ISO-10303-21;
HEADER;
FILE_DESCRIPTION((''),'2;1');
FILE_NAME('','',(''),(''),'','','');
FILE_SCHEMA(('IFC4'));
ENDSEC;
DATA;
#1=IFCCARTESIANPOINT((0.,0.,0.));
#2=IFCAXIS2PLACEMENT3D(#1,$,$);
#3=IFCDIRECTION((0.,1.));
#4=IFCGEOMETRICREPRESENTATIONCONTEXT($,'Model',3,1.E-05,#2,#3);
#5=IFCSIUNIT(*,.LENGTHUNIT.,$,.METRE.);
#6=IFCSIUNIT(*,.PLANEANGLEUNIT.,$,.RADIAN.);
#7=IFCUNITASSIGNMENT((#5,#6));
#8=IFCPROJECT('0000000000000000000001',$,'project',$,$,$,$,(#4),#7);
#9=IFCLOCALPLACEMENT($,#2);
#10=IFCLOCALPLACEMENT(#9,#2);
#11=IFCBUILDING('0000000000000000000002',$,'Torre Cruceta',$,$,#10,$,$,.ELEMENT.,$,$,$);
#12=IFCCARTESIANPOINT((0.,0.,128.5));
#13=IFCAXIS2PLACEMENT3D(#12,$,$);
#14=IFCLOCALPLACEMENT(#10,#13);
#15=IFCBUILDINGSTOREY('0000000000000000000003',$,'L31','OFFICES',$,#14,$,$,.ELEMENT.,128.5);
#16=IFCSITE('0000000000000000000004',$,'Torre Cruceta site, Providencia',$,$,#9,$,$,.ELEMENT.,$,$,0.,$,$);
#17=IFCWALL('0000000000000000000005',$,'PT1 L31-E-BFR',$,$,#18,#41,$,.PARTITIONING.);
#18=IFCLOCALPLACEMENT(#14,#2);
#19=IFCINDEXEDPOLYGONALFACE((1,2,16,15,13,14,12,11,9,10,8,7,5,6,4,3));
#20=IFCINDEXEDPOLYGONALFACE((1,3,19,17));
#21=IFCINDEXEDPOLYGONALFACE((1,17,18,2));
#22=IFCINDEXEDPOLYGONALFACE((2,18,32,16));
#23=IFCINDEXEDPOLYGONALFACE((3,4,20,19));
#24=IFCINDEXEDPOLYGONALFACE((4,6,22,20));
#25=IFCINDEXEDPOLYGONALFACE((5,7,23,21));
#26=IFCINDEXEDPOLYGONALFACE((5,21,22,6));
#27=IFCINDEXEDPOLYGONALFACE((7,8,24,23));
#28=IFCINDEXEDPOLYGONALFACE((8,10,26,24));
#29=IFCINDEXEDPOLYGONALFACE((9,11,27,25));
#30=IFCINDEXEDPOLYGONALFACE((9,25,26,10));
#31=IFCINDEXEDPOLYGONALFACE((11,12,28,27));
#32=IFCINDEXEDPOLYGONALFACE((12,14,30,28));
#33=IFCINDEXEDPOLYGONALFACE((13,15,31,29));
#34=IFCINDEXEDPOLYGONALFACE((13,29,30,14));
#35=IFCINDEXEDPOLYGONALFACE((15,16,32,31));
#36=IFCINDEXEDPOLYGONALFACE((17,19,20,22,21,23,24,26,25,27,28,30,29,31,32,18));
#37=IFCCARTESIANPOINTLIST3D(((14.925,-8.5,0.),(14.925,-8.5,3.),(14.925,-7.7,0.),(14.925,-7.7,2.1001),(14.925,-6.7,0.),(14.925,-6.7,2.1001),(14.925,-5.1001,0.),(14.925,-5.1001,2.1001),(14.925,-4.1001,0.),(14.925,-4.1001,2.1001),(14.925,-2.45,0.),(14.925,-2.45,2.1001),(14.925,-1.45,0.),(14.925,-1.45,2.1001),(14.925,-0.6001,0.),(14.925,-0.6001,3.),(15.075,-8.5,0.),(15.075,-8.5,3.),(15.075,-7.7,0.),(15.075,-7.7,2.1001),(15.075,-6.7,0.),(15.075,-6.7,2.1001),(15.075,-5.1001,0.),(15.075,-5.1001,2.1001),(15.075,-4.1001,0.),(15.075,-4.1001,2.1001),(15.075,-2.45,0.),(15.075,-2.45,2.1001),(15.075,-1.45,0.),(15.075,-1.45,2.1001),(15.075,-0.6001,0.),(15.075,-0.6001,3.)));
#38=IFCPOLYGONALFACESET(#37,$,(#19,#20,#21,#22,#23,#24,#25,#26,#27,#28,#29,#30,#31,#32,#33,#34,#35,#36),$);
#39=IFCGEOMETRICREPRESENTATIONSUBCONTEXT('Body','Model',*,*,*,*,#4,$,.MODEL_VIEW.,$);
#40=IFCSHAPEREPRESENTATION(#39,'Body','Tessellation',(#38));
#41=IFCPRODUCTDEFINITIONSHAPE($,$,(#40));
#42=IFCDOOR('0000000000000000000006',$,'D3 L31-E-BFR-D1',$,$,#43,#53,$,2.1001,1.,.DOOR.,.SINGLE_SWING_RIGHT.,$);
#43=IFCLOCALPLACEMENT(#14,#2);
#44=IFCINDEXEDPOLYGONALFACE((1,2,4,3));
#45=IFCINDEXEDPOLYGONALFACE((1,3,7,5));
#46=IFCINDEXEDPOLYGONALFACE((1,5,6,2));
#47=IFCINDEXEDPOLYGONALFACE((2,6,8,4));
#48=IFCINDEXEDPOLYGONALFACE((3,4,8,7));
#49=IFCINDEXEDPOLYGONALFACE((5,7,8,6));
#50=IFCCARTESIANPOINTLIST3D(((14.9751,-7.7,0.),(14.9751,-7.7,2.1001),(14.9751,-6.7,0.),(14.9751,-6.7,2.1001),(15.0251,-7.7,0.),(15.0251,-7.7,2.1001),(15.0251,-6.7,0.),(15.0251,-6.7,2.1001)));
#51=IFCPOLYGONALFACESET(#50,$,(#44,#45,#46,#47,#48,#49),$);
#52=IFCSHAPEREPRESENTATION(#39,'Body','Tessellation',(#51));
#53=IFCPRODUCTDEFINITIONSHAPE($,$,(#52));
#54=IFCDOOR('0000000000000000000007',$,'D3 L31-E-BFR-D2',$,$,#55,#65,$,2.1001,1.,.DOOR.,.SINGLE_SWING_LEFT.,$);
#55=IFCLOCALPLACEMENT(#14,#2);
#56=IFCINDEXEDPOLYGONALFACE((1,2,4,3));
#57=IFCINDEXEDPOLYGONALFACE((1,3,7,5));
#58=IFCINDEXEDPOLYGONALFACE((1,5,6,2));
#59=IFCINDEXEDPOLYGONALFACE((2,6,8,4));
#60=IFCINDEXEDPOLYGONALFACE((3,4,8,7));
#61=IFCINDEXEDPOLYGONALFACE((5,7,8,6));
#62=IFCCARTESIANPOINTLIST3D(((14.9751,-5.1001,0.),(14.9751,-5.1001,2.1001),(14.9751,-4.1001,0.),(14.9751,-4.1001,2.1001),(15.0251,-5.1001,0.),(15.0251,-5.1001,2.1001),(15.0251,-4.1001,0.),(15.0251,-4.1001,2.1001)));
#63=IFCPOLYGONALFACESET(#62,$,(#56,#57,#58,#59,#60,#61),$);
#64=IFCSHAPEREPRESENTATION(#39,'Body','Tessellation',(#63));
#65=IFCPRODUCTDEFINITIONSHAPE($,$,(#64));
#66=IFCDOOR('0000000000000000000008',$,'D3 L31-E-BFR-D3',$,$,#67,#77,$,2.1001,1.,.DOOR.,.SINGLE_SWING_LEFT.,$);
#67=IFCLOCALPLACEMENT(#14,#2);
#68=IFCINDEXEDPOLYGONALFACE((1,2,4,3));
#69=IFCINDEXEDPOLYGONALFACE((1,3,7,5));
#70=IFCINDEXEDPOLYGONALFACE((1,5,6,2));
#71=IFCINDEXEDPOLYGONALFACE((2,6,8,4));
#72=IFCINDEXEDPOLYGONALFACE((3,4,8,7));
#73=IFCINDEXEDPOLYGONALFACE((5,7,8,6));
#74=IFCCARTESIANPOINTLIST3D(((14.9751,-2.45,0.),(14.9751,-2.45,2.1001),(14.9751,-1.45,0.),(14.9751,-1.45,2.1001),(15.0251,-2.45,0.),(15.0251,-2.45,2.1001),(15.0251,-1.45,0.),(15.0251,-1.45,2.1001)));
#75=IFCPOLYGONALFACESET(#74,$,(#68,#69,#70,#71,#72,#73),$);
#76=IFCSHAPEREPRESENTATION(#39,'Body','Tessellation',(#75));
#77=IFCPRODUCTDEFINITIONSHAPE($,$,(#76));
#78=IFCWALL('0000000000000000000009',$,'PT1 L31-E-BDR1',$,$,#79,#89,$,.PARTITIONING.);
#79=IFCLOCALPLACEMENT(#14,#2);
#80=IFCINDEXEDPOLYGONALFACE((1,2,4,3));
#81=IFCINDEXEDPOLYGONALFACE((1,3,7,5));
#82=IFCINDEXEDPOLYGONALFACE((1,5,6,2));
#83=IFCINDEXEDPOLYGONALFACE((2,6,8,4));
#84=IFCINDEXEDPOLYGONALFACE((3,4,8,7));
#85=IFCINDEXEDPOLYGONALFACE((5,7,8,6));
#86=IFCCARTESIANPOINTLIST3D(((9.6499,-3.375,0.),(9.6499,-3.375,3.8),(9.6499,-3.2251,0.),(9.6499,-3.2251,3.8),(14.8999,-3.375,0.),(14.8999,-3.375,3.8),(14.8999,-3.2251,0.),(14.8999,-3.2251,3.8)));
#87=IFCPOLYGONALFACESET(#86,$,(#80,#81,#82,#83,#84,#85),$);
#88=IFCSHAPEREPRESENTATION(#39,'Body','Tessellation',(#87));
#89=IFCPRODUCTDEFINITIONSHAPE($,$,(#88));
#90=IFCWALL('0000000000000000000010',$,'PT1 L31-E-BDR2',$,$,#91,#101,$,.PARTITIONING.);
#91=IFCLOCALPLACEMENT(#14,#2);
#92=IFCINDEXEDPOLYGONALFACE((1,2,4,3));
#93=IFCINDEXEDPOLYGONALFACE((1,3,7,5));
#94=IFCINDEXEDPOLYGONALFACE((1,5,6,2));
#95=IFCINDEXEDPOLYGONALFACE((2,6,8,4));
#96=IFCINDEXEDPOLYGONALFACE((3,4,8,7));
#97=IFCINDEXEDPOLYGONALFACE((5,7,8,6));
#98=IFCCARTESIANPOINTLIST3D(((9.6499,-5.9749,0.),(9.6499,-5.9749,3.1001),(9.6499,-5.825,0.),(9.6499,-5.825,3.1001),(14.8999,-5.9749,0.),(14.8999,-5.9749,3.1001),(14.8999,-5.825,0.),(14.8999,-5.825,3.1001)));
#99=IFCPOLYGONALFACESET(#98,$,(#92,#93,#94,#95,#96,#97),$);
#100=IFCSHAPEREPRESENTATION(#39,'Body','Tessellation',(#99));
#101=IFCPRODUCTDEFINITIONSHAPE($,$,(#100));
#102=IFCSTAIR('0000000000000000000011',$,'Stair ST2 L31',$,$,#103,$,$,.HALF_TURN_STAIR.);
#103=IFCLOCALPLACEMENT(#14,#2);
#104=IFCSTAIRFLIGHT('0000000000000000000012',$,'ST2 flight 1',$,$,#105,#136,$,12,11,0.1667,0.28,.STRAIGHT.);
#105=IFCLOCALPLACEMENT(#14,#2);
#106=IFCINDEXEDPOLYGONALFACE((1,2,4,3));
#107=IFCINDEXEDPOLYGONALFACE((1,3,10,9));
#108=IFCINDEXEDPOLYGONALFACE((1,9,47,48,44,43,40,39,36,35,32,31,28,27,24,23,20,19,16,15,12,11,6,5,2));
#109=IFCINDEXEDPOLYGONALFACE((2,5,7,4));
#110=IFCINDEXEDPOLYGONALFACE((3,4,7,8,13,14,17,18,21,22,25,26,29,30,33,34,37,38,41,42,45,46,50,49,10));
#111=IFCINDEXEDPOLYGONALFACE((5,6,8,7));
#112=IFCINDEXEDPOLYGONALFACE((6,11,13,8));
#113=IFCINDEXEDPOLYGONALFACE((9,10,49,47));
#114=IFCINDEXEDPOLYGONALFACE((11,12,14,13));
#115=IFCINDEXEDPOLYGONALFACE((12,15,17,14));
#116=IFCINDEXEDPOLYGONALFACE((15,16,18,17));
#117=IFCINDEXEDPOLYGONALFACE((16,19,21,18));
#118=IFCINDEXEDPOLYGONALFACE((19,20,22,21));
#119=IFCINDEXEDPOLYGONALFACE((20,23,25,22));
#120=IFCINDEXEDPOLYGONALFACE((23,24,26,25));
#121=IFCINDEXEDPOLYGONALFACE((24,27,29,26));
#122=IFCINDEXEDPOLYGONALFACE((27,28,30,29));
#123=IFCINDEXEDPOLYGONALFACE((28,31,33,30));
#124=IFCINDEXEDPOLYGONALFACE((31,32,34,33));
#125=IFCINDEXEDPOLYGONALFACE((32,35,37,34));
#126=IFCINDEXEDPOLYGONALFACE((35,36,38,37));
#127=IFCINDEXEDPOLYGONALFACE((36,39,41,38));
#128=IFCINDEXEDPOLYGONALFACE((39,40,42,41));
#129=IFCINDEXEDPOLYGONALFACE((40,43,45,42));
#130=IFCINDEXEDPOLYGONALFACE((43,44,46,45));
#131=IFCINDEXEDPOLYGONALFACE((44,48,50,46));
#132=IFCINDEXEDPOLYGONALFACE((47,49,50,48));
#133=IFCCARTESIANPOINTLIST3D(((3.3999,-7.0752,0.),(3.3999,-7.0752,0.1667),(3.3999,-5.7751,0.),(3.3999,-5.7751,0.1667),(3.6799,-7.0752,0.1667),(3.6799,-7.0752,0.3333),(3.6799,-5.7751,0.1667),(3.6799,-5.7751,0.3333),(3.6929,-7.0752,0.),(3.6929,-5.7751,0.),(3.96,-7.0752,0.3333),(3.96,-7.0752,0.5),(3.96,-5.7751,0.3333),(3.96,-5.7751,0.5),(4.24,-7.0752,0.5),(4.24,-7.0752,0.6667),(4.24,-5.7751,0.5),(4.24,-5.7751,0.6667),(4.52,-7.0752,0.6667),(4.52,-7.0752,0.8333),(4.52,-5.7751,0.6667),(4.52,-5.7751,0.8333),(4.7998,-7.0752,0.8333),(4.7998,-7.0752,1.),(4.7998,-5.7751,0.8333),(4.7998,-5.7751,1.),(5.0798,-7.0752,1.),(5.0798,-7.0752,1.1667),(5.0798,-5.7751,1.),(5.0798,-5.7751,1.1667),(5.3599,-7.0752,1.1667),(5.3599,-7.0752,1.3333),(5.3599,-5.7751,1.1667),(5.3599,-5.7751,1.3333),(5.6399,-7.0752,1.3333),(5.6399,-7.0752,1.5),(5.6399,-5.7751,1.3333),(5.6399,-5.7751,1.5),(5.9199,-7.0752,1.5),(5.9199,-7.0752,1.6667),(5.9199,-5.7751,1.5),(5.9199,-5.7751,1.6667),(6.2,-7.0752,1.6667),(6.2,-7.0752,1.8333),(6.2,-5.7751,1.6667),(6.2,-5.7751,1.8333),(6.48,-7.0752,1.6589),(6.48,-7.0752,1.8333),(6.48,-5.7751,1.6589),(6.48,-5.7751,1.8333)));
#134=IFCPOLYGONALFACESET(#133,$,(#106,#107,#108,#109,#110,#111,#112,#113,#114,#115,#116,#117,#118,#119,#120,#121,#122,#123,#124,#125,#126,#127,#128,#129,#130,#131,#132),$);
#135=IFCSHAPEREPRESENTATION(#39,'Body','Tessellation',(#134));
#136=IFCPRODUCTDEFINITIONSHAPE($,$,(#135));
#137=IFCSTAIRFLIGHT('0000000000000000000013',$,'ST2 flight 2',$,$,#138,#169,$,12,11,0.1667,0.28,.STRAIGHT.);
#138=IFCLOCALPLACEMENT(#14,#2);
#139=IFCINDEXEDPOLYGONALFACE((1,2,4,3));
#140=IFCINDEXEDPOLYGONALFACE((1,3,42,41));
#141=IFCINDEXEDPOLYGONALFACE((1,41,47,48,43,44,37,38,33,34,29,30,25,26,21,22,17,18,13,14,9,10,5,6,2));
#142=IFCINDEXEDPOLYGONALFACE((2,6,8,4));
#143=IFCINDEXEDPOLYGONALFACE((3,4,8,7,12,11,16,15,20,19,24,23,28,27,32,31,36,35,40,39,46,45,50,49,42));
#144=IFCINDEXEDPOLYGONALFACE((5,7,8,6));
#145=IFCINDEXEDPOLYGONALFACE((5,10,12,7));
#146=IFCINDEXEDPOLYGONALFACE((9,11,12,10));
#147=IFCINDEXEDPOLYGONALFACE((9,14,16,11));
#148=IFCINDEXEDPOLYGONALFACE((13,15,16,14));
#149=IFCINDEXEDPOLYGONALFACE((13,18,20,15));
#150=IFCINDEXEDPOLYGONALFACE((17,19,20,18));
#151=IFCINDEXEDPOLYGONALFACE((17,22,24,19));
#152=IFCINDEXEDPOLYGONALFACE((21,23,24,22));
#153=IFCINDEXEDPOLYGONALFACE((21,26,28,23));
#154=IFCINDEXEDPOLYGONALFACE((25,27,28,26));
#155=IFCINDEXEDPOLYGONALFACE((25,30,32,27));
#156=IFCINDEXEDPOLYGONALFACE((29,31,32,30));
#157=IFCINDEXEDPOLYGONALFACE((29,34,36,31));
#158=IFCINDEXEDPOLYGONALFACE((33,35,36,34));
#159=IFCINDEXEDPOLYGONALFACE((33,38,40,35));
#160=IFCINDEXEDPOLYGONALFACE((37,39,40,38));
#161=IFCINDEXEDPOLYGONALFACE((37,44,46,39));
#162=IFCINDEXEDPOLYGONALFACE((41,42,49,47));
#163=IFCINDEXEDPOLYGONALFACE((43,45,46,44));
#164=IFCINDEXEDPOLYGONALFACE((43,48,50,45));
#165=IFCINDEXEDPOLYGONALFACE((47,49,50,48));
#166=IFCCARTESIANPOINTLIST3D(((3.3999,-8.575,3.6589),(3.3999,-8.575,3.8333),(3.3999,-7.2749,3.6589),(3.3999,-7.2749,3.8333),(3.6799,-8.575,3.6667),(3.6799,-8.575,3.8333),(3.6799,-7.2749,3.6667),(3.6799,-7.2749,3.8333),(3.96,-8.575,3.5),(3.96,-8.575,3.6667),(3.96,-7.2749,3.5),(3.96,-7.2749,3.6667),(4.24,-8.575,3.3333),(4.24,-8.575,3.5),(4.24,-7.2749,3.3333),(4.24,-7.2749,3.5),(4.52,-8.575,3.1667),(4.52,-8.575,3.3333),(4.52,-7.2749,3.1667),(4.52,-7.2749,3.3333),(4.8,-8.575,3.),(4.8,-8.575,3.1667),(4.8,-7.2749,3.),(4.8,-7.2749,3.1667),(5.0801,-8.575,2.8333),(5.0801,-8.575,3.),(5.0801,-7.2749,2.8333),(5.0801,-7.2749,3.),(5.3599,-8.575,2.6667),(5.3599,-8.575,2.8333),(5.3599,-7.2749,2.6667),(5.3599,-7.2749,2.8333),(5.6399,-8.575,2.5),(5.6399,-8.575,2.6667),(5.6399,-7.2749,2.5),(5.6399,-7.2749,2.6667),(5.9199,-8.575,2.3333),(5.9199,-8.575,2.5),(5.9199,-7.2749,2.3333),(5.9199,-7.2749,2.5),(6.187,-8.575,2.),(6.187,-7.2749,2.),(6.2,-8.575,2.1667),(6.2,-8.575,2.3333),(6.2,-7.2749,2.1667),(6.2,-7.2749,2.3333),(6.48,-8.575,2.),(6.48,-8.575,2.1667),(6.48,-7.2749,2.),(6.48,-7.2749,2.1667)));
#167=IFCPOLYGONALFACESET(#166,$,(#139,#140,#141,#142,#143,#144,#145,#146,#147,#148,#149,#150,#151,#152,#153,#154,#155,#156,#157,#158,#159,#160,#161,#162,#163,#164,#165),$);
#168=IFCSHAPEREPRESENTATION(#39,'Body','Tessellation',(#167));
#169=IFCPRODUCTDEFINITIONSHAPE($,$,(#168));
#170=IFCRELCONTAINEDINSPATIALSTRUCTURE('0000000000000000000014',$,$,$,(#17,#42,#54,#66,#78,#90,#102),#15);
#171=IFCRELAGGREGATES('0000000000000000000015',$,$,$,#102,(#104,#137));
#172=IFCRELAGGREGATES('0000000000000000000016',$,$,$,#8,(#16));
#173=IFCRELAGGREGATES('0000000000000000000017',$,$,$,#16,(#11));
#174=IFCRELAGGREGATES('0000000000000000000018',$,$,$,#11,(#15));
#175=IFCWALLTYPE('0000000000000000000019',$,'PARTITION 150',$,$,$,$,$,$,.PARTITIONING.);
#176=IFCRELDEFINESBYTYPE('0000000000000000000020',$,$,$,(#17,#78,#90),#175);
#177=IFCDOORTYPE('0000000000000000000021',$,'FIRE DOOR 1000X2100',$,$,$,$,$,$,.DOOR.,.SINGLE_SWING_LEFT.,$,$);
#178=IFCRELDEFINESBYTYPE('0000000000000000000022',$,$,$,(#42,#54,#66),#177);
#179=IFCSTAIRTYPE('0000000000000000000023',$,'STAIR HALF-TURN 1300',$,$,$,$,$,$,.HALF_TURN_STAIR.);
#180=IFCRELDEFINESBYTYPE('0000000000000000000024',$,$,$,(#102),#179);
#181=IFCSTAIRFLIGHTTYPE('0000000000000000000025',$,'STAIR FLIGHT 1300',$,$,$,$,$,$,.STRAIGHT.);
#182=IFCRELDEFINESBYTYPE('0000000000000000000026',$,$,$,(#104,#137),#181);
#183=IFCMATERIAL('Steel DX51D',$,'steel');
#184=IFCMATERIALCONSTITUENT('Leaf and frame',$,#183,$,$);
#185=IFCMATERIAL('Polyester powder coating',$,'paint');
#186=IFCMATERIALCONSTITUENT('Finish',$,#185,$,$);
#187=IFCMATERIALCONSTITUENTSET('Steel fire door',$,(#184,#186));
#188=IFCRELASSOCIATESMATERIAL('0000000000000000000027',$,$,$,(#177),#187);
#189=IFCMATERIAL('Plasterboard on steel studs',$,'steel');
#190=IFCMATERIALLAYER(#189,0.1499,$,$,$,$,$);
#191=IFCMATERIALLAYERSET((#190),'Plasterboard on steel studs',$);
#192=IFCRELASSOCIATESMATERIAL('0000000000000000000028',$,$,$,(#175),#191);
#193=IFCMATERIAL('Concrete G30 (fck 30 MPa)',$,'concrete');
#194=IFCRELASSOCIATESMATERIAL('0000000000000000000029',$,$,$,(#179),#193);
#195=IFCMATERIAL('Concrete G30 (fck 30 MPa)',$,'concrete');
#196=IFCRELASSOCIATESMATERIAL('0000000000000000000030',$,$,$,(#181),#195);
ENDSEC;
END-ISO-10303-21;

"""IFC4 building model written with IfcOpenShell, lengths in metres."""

from ifc_helpers import new_model, si_unit, direction, frame, frame_2d, origin, place, context, subcontext, project, spatial, polyline, rectangle, outline, extrude, material, layer, layer_set, constituent, constituent_set, type_object, element, fill, aggregate, save


model = new_model("IFC4")

# Units and contexts
model_context = context("Model", 3, precision=1e-05, world=origin(), true_north=direction((0.0, 1.0)))
body_context = subcontext(model_context, "Body", "Model", "MODEL_VIEW")
ifc_project = project(units=[si_unit("LENGTHUNIT", "METRE"), si_unit("PLANEANGLEUNIT", "RADIAN")], contexts=[model_context])

# Site, building, storey
site_placement = place(None, origin())
site = spatial("IfcSite", under=ifc_project, at=site_placement, Name="Torre Cruceta site, Providencia", CompositionType="ELEMENT", RefElevation=0.0)
building_placement = place(site_placement, origin())
building = spatial("IfcBuilding", under=site, at=building_placement, Name="Torre Cruceta", CompositionType="ELEMENT")
storey_placement = place(building_placement, frame((0.0, 0.0, 128.5)))
storey = spatial("IfcBuildingStorey", under=building, at=storey_placement, Name="L31", Description="OFFICES", CompositionType="ELEMENT", Elevation=128.5)

# Shared definitions
ifc_material_1 = material(Name="Steel DX51D", Category="steel")
ifc_constituent_1 = constituent(ifc_material_1, Name="Leaf and frame")
ifc_material_2 = material(Name="Polyester powder coating", Category="paint")
ifc_constituent_2 = constituent(ifc_material_2, Name="Finish")
ifc_constituent_set_1 = constituent_set(constituents=[ifc_constituent_1, ifc_constituent_2], Name="Steel fire door")
door_type_1 = type_object("IfcDoorType", Name="FIRE DOOR 1000X2100", OperationType="SINGLE_SWING_LEFT", PredefinedType="DOOR", material=ifc_constituent_set_1)

# Shared definitions
ifc_material_3 = material(Name="Plasterboard on steel studs", Category="steel")
ifc_layer_1 = layer(ifc_material_3, 0.1499)
ifc_layer_set_1 = layer_set([ifc_layer_1], Name="Plasterboard on steel studs")
wall_type_1 = type_object("IfcWallType", Name="PARTITION 150", PredefinedType="PARTITIONING", material=ifc_layer_set_1)

# Wall, openings, doors
wall_1_placement = place(storey_placement, frame((15.0, -8.5, 0.0), z_axis=(0.0, 0.0, 1.0), x_axis=(0.0, 1.0, 0.0)))
wall_1 = element("IfcWall", 1, at=wall_1_placement, inside=storey, type_object=wall_type_1, Name="PT1 L31-E-BFR", PredefinedType="PARTITIONING", context=body_context, shape_type="SweptSolid", body=[
    extrude(rectangle(XDim=7.8999, YDim=0.1499, at=frame_2d((3.95, 0.0))), origin(), (0.0, 0.0, 1.0), 3.0),
])
opening_1_placement = place(wall_1_placement, frame((0.8, 0.0, 0.0)))
opening_1 = element("IfcOpeningElement", 2, at=opening_1_placement, cuts=wall_1, PredefinedType="OPENING", context=body_context, shape_type="SweptSolid", body=[
    extrude(rectangle(XDim=1.0, YDim=2.1001, at=frame_2d((0.5, 1.05))), frame((0.0, 0.085, 0.0), z_axis=(0.0, -1.0, 0.0), x_axis=(1.0, 0.0, 0.0)), (0.0, 0.0, 1.0), 0.1699),
])
opening_2_placement = place(wall_1_placement, frame((3.3999, 0.0, 0.0)))
opening_2 = element("IfcOpeningElement", 3, at=opening_2_placement, cuts=wall_1, PredefinedType="OPENING", context=body_context, shape_type="SweptSolid", body=[
    extrude(rectangle(XDim=1.0, YDim=2.1001, at=frame_2d((0.5, 1.05))), frame((0.0, 0.085, 0.0), z_axis=(0.0, -1.0, 0.0), x_axis=(1.0, 0.0, 0.0)), (0.0, 0.0, 1.0), 0.1699),
])
opening_3_placement = place(wall_1_placement, frame((6.05, 0.0, 0.0)))
opening_3 = element("IfcOpeningElement", 4, at=opening_3_placement, cuts=wall_1, PredefinedType="OPENING", context=body_context, shape_type="SweptSolid", body=[
    extrude(rectangle(XDim=1.0, YDim=2.1001, at=frame_2d((0.5, 1.05))), frame((0.0, 0.085, 0.0), z_axis=(0.0, -1.0, 0.0), x_axis=(1.0, 0.0, 0.0)), (0.0, 0.0, 1.0), 0.1699),
])
door_1_placement = place(opening_1_placement, origin())
door_1 = element("IfcDoor", 5, at=door_1_placement, inside=storey, type_object=door_type_1, Name="D3 L31-E-BFR-D1", OperationType="SINGLE_SWING_RIGHT", OverallHeight=2.1001, OverallWidth=1.0, PredefinedType="DOOR", context=body_context, shape_type="SweptSolid", body=[
    extrude(rectangle(XDim=1.0, YDim=2.1001, at=frame_2d((0.5, 1.05))), frame((0.0, 0.0249, 0.0), z_axis=(0.0, -1.0, 0.0), x_axis=(1.0, 0.0, 0.0)), (0.0, 0.0, 1.0), 0.05),
])
fill(opening_1, door_1)
door_2_placement = place(opening_2_placement, origin())
door_2 = element("IfcDoor", 6, at=door_2_placement, inside=storey, type_object=door_type_1, Name="D3 L31-E-BFR-D2", OperationType="SINGLE_SWING_LEFT", OverallHeight=2.1001, OverallWidth=1.0, PredefinedType="DOOR", context=body_context, shape_type="SweptSolid", body=[
    extrude(rectangle(XDim=1.0, YDim=2.1001, at=frame_2d((0.5, 1.05))), frame((0.0, 0.0249, 0.0), z_axis=(0.0, -1.0, 0.0), x_axis=(1.0, 0.0, 0.0)), (0.0, 0.0, 1.0), 0.05),
])
fill(opening_2, door_2)
door_3_placement = place(opening_3_placement, origin())
door_3 = element("IfcDoor", 7, at=door_3_placement, inside=storey, type_object=door_type_1, Name="D3 L31-E-BFR-D3", OperationType="SINGLE_SWING_LEFT", OverallHeight=2.1001, OverallWidth=1.0, PredefinedType="DOOR", context=body_context, shape_type="SweptSolid", body=[
    extrude(rectangle(XDim=1.0, YDim=2.1001, at=frame_2d((0.5, 1.05))), frame((0.0, 0.0249, 0.0), z_axis=(0.0, -1.0, 0.0), x_axis=(1.0, 0.0, 0.0)), (0.0, 0.0, 1.0), 0.05),
])
fill(opening_3, door_3)

# Walls
wall_2_placement = place(storey_placement, frame((9.6499, -3.3, 0.0), z_axis=(0.0, 0.0, 1.0), x_axis=(1.0, 0.0, 0.0)))
element("IfcWall", 8, at=wall_2_placement, inside=storey, type_object=wall_type_1, Name="PT1 L31-E-BDR1", PredefinedType="PARTITIONING", context=body_context, shape_type="SweptSolid", body=[
    extrude(rectangle(XDim=5.25, YDim=0.1499, at=frame_2d((2.625, 0.0))), origin(), (0.0, 0.0, 1.0), 3.8),
])
wall_3_placement = place(storey_placement, frame((9.6499, -5.8999, 0.0), z_axis=(0.0, 0.0, 1.0), x_axis=(1.0, 0.0, 0.0)))
element("IfcWall", 9, at=wall_3_placement, inside=storey, type_object=wall_type_1, Name="PT1 L31-E-BDR2", PredefinedType="PARTITIONING", context=body_context, shape_type="SweptSolid", body=[
    extrude(rectangle(XDim=5.25, YDim=0.1499, at=frame_2d((2.625, 0.0))), origin(), (0.0, 0.0, 1.0), 3.1001),
])

# Stair, stair flights
ifc_material_4 = material(Name="Concrete G30 (fck 30 MPa)", Category="concrete")
stair_type = type_object("IfcStairType", Name="STAIR HALF-TURN 1300", PredefinedType="HALF_TURN_STAIR", material=ifc_material_4)
stair_placement = place(storey_placement, origin())
stair = element("IfcStair", 10, at=stair_placement, inside=storey, type_object=stair_type, Name="Stair ST2 L31", PredefinedType="HALF_TURN_STAIR")
ifc_material_5 = material(Name="Concrete G30 (fck 30 MPa)", Category="concrete")
stair_flight_type = type_object("IfcStairFlightType", Name="STAIR FLIGHT 1300", PredefinedType="STRAIGHT", material=ifc_material_5)
stair_flight_1_placement = place(storey_placement, frame((3.3999, -6.425, 0.0), z_axis=(0.0, 0.0, 1.0), x_axis=(1.0, 0.0, 0.0)))
stair_flight_1 = element("IfcStairFlight", 11, at=stair_flight_1_placement, type_object=stair_flight_type, Name="ST2 flight 1", NumberOfRisers=12, NumberOfTreads=11, PredefinedType="STRAIGHT", RiserHeight=0.1667, TreadLength=0.28, context=body_context, shape_type="SweptSolid", body=[
    extrude(outline(polyline([(0.0, 0.0), (0.0, 0.1667), (0.28, 0.1667), (0.28, 0.3333), (0.5601, 0.3333), (0.5601, 0.5), (0.8401, 0.5), (0.8401, 0.6667), (1.1201, 0.6667), (1.1201, 0.8333), (1.3999, 0.8333), (1.3999, 1.0), (1.6799, 1.0), (1.6799, 1.1667), (1.96, 1.1667), (1.96, 1.3333), (2.24, 1.3333), (2.24, 1.5), (2.52, 1.5), (2.52, 1.6667), (2.8, 1.6667), (2.8, 1.8333), (3.0801, 1.8333), (3.0801, 2.0), (3.0801, 1.6589), (0.293, 0.0), (0.0, 0.0)])), frame((0.0, 0.6499, 0.0), z_axis=(0.0, -1.0, 0.0), x_axis=(1.0, 0.0, 0.0)), (0.0, 0.0, 1.0), 1.3),
])
stair_flight_2_placement = place(storey_placement, frame((6.48, -7.925, 2.0), z_axis=(0.0, 0.0, 1.0), x_axis=(-1.0, 0.0, 0.0)))
stair_flight_2 = element("IfcStairFlight", 12, at=stair_flight_2_placement, type_object=stair_flight_type, Name="ST2 flight 2", NumberOfRisers=12, NumberOfTreads=11, PredefinedType="STRAIGHT", RiserHeight=0.1667, TreadLength=0.28, context=body_context, shape_type="SweptSolid", body=[
    extrude(outline(polyline([(0.0, 0.0), (0.0, 0.1667), (0.28, 0.1667), (0.28, 0.3333), (0.5601, 0.3333), (0.5601, 0.5), (0.8401, 0.5), (0.8401, 0.6667), (1.1201, 0.6667), (1.1201, 0.8333), (1.3999, 0.8333), (1.3999, 1.0), (1.6799, 1.0), (1.6799, 1.1667), (1.96, 1.1667), (1.96, 1.3333), (2.24, 1.3333), (2.24, 1.5), (2.52, 1.5), (2.52, 1.6667), (2.8, 1.6667), (2.8, 1.8333), (3.0801, 1.8333), (3.0801, 2.0), (3.0801, 1.6589), (0.293, 0.0), (0.0, 0.0)])), frame((0.0, 0.6499, 0.0), z_axis=(0.0, -1.0, 0.0), x_axis=(1.0, 0.0, 0.0)), (0.0, 0.0, 1.0), 1.3),
])
aggregate(stair, [stair_flight_1, stair_flight_2])

save(model, "model.ifc")
